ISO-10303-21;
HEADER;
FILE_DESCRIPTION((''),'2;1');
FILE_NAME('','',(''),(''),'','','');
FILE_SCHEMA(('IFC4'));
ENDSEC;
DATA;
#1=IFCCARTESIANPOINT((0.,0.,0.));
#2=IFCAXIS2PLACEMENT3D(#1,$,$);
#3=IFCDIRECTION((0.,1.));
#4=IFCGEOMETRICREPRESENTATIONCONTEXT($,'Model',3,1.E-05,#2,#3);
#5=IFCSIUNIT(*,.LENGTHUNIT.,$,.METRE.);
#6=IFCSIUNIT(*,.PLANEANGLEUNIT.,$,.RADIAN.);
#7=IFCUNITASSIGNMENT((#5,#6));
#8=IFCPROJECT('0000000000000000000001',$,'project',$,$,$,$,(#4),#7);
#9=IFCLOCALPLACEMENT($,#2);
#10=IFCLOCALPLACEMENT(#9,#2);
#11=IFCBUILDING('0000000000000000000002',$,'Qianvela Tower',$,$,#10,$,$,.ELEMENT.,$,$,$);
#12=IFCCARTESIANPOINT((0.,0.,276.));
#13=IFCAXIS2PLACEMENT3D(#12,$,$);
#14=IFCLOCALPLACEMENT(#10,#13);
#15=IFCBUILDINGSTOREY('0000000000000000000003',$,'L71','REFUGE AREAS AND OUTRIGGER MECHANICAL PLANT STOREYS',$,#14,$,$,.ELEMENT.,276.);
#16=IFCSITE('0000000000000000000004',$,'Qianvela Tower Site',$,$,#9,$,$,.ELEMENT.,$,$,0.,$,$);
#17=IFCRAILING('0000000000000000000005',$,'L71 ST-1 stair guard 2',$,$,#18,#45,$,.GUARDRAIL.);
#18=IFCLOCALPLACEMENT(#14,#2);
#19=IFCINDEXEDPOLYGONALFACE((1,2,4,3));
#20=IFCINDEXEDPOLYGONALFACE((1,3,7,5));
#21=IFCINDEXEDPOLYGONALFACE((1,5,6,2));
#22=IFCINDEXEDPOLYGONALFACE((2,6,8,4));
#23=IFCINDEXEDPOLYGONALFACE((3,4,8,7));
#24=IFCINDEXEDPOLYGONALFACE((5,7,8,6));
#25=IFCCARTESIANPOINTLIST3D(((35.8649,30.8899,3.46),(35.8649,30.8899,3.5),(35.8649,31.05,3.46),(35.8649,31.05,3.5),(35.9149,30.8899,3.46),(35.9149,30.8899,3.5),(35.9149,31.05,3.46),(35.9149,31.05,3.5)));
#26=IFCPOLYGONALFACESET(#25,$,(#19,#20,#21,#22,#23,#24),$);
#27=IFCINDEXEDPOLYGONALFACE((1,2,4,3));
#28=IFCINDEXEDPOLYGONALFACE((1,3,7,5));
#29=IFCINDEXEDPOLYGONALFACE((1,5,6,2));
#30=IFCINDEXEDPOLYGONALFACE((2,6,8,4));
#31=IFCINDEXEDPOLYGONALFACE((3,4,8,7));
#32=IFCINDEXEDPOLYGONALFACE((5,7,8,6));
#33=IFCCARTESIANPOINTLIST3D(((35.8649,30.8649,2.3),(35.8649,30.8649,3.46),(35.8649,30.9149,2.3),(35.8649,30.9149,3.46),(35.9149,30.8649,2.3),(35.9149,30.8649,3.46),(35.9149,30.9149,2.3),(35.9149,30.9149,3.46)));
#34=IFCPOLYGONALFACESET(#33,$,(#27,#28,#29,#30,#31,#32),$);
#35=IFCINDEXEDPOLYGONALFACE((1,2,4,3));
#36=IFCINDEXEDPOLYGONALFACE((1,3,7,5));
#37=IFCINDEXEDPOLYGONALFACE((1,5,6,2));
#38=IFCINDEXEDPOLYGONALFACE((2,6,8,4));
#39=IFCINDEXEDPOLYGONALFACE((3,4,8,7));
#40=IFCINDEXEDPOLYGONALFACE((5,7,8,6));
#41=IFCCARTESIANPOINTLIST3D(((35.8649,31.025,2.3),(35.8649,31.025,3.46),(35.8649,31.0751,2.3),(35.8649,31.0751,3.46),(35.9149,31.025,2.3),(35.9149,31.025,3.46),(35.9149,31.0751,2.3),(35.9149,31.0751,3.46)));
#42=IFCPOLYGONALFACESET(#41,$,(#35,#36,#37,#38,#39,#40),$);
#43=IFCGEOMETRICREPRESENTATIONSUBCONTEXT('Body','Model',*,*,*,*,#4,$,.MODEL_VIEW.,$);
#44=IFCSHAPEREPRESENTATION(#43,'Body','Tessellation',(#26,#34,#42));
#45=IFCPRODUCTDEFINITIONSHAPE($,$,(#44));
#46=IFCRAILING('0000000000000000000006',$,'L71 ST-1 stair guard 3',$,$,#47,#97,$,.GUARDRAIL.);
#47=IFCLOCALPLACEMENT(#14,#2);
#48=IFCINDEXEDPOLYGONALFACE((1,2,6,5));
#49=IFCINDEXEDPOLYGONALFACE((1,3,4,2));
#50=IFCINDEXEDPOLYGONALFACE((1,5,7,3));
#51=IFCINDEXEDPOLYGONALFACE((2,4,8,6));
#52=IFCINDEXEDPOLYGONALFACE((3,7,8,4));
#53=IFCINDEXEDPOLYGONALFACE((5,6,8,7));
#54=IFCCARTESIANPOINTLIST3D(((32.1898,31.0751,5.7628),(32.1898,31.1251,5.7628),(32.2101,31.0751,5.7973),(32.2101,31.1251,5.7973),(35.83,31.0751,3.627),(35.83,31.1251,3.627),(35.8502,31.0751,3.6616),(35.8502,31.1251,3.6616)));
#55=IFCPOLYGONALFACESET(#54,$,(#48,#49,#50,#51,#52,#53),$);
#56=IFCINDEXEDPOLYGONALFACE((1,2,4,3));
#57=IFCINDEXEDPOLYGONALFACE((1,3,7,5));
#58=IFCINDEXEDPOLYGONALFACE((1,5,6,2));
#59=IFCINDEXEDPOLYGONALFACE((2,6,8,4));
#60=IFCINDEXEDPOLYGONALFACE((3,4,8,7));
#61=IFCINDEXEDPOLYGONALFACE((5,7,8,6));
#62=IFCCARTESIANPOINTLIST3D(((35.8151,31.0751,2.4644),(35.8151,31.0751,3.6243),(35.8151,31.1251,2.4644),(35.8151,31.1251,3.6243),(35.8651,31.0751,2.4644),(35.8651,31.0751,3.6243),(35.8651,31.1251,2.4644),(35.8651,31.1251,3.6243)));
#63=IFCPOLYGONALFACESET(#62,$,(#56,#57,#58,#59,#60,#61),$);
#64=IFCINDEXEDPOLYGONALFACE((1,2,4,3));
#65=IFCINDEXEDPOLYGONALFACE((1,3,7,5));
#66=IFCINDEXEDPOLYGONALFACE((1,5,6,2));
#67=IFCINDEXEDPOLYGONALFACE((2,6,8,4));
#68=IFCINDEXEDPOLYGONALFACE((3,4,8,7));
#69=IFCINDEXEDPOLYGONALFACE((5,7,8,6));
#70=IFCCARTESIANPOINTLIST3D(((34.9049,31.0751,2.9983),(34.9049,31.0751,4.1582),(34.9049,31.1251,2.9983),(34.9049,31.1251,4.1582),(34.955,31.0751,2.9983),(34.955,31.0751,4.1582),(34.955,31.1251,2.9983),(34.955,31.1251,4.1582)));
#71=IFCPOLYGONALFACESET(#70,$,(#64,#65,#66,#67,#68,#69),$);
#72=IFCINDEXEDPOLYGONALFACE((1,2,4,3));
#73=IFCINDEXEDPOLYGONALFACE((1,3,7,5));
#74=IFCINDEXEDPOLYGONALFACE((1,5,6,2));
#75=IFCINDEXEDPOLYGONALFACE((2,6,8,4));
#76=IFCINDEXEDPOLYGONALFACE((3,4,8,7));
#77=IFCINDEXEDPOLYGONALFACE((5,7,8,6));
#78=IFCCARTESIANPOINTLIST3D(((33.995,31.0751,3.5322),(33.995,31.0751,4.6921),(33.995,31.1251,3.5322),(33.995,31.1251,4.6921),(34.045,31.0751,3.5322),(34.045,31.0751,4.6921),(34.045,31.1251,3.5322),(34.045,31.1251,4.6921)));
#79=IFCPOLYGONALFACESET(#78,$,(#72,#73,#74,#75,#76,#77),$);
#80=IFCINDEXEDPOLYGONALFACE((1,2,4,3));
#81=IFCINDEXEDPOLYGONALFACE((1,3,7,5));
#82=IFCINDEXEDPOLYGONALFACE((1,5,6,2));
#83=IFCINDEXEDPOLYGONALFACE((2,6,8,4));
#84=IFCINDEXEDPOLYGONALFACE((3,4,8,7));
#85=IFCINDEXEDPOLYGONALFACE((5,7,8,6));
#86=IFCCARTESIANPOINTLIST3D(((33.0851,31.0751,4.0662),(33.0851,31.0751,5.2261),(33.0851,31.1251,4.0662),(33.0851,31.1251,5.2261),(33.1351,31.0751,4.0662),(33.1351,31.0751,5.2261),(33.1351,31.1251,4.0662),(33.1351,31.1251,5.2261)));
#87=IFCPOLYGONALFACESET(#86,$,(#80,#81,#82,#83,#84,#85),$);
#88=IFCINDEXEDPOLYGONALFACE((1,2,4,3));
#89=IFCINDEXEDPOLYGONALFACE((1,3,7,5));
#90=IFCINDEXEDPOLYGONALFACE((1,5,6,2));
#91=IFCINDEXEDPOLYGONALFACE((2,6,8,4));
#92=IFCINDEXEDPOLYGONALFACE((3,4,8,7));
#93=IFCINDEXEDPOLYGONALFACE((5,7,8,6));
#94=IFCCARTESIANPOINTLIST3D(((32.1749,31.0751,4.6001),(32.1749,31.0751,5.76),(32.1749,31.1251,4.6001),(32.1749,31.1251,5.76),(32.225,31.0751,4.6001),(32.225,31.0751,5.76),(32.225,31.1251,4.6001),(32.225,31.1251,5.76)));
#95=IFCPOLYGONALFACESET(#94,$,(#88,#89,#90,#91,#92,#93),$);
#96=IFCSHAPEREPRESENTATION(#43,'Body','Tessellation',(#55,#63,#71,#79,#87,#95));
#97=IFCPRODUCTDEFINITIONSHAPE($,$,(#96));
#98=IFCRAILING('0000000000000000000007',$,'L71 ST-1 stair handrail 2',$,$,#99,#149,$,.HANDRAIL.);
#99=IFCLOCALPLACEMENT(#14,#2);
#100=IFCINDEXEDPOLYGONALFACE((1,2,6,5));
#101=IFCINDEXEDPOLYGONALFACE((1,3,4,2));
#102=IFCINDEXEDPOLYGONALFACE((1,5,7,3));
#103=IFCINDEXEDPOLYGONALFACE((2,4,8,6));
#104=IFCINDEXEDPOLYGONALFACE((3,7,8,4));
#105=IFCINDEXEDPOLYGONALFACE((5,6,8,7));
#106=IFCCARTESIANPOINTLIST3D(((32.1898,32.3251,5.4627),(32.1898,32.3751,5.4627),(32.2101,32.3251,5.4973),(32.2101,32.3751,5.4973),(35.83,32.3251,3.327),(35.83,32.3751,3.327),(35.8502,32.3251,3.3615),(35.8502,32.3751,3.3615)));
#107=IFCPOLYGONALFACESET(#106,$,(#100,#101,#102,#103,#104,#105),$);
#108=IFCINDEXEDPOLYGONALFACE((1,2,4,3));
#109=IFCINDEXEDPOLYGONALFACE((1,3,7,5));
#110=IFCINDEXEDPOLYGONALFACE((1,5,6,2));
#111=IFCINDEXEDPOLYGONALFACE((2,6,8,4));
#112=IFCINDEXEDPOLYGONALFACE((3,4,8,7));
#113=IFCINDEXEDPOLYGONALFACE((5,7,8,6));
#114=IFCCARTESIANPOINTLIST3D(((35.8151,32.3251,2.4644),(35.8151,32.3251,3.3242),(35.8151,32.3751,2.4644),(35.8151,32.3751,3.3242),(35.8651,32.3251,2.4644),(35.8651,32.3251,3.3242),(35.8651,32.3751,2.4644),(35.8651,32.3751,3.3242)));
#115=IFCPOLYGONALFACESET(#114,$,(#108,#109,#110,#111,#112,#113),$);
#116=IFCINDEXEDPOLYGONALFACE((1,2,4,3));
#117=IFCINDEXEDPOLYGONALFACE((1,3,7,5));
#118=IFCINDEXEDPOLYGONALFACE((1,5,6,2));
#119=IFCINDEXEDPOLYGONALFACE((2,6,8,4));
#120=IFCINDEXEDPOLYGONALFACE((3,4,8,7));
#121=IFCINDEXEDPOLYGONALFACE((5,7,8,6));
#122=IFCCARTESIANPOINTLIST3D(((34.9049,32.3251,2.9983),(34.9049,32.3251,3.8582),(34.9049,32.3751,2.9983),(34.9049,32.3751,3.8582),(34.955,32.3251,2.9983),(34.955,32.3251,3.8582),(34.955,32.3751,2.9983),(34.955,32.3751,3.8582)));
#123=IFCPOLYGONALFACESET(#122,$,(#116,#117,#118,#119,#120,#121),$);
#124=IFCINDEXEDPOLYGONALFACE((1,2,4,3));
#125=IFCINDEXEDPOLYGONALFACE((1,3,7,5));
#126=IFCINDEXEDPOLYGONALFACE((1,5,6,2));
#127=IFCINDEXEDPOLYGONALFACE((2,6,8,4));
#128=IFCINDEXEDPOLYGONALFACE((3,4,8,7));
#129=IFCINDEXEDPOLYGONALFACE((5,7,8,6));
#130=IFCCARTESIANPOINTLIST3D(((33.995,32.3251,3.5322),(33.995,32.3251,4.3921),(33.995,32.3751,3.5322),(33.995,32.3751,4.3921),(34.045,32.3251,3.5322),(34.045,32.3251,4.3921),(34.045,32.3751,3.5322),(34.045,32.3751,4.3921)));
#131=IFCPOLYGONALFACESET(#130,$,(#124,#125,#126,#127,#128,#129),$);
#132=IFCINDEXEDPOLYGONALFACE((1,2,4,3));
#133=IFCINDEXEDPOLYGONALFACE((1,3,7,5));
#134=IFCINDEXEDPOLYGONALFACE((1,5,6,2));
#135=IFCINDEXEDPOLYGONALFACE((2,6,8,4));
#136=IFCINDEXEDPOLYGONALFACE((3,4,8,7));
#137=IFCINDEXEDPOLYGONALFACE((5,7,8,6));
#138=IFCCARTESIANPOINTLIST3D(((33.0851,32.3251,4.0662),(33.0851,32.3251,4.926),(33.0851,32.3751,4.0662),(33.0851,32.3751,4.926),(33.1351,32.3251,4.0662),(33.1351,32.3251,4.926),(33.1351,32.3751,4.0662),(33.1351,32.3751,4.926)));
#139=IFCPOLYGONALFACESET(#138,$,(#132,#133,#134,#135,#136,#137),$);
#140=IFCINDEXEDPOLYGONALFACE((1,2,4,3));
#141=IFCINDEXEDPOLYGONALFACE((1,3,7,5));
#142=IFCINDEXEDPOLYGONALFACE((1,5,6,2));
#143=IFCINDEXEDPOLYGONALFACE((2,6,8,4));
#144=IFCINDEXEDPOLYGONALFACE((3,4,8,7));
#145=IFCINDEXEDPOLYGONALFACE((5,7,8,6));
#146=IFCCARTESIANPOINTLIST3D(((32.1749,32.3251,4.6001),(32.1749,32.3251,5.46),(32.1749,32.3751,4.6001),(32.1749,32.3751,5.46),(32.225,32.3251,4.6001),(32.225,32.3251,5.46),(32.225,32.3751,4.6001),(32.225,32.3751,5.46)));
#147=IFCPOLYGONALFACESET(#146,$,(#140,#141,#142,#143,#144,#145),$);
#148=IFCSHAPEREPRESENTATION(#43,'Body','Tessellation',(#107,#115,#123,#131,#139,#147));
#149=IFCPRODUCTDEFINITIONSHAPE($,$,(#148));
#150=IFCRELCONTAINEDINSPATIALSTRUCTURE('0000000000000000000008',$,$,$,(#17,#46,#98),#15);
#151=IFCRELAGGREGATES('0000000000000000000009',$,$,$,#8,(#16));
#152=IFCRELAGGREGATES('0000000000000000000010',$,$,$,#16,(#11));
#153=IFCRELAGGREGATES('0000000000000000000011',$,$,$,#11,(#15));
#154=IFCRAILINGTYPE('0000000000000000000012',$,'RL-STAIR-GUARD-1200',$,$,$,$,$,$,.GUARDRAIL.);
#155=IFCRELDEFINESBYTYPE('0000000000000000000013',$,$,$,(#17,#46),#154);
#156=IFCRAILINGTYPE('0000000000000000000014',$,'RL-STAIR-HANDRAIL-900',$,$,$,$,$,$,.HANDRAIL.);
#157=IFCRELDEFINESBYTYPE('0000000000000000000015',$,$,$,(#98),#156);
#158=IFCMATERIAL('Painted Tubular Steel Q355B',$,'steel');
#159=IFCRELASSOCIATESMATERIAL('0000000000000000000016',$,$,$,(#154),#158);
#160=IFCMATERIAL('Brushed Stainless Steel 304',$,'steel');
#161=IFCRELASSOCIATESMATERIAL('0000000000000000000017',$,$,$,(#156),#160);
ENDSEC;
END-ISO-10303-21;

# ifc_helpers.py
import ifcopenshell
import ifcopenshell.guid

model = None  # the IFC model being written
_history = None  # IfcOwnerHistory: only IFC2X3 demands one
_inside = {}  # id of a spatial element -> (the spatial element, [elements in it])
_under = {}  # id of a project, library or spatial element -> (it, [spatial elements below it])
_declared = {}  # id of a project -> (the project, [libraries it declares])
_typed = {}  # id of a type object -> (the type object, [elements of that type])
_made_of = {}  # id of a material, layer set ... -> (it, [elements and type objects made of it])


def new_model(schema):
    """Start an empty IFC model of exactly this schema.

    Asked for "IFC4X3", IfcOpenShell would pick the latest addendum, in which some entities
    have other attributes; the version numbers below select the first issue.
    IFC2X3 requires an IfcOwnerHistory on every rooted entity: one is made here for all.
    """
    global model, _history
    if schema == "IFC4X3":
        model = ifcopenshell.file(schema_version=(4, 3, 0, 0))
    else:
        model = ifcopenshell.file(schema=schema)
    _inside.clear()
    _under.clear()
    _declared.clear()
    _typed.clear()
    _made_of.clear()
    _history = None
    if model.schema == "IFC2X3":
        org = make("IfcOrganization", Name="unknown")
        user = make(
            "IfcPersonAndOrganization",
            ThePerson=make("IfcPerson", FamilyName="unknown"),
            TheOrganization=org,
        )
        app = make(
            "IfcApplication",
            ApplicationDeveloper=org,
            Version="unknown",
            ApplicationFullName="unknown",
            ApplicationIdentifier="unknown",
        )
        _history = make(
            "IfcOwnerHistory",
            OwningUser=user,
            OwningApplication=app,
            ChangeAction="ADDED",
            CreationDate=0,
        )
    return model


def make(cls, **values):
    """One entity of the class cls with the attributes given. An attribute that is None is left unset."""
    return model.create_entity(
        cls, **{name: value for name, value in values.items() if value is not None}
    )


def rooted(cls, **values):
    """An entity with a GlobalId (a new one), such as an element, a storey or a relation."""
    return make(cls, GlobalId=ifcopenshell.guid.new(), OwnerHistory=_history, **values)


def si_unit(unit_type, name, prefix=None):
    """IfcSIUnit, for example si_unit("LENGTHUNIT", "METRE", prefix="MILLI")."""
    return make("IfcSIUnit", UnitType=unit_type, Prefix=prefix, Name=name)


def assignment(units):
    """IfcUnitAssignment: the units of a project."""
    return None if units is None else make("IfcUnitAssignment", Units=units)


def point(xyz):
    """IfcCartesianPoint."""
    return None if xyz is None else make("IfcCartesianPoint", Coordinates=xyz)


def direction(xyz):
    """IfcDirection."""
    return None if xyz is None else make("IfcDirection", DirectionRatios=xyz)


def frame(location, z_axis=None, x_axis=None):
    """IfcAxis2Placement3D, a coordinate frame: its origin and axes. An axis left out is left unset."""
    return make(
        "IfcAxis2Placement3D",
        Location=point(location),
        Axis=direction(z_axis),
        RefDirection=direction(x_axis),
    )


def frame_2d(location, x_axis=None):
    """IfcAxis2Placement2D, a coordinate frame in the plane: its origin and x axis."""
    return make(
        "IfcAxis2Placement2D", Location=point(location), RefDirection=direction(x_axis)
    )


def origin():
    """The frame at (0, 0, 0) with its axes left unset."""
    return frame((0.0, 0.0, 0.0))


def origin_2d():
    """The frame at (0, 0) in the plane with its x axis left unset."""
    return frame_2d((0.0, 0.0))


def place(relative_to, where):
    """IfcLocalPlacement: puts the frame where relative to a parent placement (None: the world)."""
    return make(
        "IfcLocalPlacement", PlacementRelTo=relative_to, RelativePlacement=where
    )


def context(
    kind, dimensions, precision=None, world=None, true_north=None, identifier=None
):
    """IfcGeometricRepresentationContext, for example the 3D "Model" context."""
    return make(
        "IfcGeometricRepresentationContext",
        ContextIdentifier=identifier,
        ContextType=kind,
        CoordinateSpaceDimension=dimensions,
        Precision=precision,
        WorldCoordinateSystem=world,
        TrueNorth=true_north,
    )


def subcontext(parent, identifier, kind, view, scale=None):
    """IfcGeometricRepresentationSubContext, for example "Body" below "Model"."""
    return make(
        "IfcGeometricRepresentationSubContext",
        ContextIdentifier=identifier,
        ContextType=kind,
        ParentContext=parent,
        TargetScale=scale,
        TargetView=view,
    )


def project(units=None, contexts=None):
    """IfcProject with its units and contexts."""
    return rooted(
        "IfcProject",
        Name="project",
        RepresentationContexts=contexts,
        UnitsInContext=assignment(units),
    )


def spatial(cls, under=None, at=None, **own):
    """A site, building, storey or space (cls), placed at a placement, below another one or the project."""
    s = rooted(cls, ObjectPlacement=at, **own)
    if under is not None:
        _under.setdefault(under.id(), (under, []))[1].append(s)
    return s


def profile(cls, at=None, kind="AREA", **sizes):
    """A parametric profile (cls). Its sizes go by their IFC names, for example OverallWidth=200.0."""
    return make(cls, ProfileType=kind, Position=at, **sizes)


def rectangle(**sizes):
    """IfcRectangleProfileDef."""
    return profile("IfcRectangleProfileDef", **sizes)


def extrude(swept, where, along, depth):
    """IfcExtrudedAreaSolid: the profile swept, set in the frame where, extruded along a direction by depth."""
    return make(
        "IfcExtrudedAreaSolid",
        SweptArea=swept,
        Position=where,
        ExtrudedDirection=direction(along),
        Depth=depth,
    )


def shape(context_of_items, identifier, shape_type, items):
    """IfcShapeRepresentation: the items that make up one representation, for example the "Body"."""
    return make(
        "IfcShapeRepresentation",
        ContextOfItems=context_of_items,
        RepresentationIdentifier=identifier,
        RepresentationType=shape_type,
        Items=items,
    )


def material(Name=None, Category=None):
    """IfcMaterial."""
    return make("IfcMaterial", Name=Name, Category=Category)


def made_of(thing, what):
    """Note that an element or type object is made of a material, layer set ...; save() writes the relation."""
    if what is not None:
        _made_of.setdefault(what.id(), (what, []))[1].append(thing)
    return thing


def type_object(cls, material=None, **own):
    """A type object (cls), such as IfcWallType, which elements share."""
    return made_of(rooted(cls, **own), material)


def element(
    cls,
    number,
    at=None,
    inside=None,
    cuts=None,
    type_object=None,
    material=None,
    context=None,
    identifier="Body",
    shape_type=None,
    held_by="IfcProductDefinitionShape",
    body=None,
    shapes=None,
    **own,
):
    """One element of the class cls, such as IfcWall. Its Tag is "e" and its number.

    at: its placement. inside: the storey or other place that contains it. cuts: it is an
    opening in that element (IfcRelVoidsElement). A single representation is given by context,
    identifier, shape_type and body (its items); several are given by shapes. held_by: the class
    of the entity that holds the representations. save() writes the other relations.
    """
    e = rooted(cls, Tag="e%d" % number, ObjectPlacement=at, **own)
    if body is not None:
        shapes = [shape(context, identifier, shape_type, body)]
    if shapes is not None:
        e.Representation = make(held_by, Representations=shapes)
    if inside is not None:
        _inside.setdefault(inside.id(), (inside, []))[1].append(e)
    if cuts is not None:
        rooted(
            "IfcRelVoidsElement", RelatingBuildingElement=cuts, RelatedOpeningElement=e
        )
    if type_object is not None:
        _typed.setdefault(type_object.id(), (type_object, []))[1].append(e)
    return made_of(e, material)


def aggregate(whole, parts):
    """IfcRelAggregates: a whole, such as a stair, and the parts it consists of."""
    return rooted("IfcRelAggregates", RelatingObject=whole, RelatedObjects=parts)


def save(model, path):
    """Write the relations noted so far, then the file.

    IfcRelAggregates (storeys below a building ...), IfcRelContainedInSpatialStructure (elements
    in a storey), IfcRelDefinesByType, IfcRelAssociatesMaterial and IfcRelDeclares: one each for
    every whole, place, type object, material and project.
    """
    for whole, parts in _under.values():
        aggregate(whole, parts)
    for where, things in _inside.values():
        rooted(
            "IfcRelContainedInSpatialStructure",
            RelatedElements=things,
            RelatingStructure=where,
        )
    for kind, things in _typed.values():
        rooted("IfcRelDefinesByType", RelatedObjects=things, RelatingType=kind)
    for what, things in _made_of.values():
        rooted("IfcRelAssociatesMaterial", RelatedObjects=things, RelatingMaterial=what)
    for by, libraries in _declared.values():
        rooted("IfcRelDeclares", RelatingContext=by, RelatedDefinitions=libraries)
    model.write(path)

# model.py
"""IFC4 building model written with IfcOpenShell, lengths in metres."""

from ifc_helpers import new_model, si_unit, direction, frame, origin, origin_2d, place, context, subcontext, project, spatial, rectangle, extrude, material, type_object, element, save


model = new_model("IFC4")

# Units and contexts
model_context = context("Model", 3, precision=1e-05, world=origin(), true_north=direction((0.0, 1.0)))
body_context = subcontext(model_context, "Body", "Model", "MODEL_VIEW")
ifc_project = project(units=[si_unit("LENGTHUNIT", "METRE"), si_unit("PLANEANGLEUNIT", "RADIAN")], contexts=[model_context])

# Site, building, storey
site_placement = place(None, origin())
site = spatial("IfcSite", under=ifc_project, at=site_placement, Name="Qianvela Tower Site", CompositionType="ELEMENT", RefElevation=0.0)
building_placement = place(site_placement, origin())
building = spatial("IfcBuilding", under=site, at=building_placement, Name="Qianvela Tower", CompositionType="ELEMENT")
storey_placement = place(building_placement, frame((0.0, 0.0, 276.0)))
storey = spatial("IfcBuildingStorey", under=building, at=storey_placement, Name="L71", Description="REFUGE AREAS AND OUTRIGGER MECHANICAL PLANT STOREYS", CompositionType="ELEMENT", Elevation=276.0)

# Railings
ifc_material_1 = material(Name="Painted Tubular Steel Q355B", Category="steel")
railing_type_1 = type_object("IfcRailingType", Name="RL-STAIR-GUARD-1200", PredefinedType="GUARDRAIL", material=ifc_material_1)
railing_1_placement = place(storey_placement, frame((35.8899, 30.8899, 2.3)))
element("IfcRailing", 1, at=railing_1_placement, inside=storey, type_object=railing_type_1, Name="L71 ST-1 stair guard 2", PredefinedType="GUARDRAIL", context=body_context, shape_type="SweptSolid", body=[
    extrude(rectangle(XDim=0.05, YDim=0.04, at=origin_2d()), frame((0.0, 0.0, 1.1799), z_axis=(0.0, 1.0, 0.0), x_axis=(-1.0, 0.0, 0.0)), (0.0, 0.0, 1.0), 0.1602),
    extrude(rectangle(XDim=0.05, YDim=0.05, at=origin_2d()), origin(), (0.0, 0.0, 1.0), 1.1599),
    extrude(rectangle(XDim=0.05, YDim=0.05, at=origin_2d()), frame((0.0, 0.1602, 0.0)), (0.0, 0.0, 1.0), 1.1599),
])
railing_2_placement = place(storey_placement, frame((35.8401, 31.1001, 2.4644)))
element("IfcRailing", 2, at=railing_2_placement, inside=storey, type_object=railing_type_1, Name="L71 ST-1 stair guard 3", PredefinedType="GUARDRAIL", context=body_context, shape_type="SweptSolid", body=[
    extrude(rectangle(XDim=0.05, YDim=0.04, at=origin_2d()), frame((0.0, 0.0, 1.1799), z_axis=(-0.862505, 0.0, 0.506049), x_axis=(0.0, -1.0, 0.0)), (0.0, 0.0, 1.0), 4.2205),
    extrude(rectangle(XDim=0.05, YDim=0.05, at=origin_2d()), origin(), (0.0, 0.0, 1.0), 1.1599),
    extrude(rectangle(XDim=0.05, YDim=0.05, at=origin_2d()), frame((-0.9102, 0.0, 0.5339)), (0.0, 0.0, 1.0), 1.1599),
    extrude(rectangle(XDim=0.05, YDim=0.05, at=origin_2d()), frame((-1.8201, 0.0, 1.0679)), (0.0, 0.0, 1.0), 1.1599),
    extrude(rectangle(XDim=0.05, YDim=0.05, at=origin_2d()), frame((-2.73, 0.0, 1.6018)), (0.0, 0.0, 1.0), 1.1599),
    extrude(rectangle(XDim=0.05, YDim=0.05, at=origin_2d()), frame((-3.6401, 0.0, 2.1357)), (0.0, 0.0, 1.0), 1.1599),
])
ifc_material_2 = material(Name="Brushed Stainless Steel 304", Category="steel")
railing_type_2 = type_object("IfcRailingType", Name="RL-STAIR-HANDRAIL-900", PredefinedType="HANDRAIL", material=ifc_material_2)
railing_3_placement = place(storey_placement, frame((35.8401, 32.3501, 2.4644)))
element("IfcRailing", 3, at=railing_3_placement, inside=storey, type_object=railing_type_2, Name="L71 ST-1 stair handrail 2", PredefinedType="HANDRAIL", context=body_context, shape_type="SweptSolid", body=[
    extrude(rectangle(XDim=0.05, YDim=0.04, at=origin_2d()), frame((0.0, 0.0, 0.8799), z_axis=(-0.862505, 0.0, 0.506049), x_axis=(0.0, -1.0, 0.0)), (0.0, 0.0, 1.0), 4.2205),
    extrude(rectangle(XDim=0.05, YDim=0.05, at=origin_2d()), origin(), (0.0, 0.0, 1.0), 0.8599),
    extrude(rectangle(XDim=0.05, YDim=0.05, at=origin_2d()), frame((-0.9102, 0.0, 0.5339)), (0.0, 0.0, 1.0), 0.8599),
    extrude(rectangle(XDim=0.05, YDim=0.05, at=origin_2d()), frame((-1.8201, 0.0, 1.0679)), (0.0, 0.0, 1.0), 0.8599),
    extrude(rectangle(XDim=0.05, YDim=0.05, at=origin_2d()), frame((-2.73, 0.0, 1.6018)), (0.0, 0.0, 1.0), 0.8599),
    extrude(rectangle(XDim=0.05, YDim=0.05, at=origin_2d()), frame((-3.6401, 0.0, 2.1357)), (0.0, 0.0, 1.0), 0.8599),
])

save(model, "model.ifc")
